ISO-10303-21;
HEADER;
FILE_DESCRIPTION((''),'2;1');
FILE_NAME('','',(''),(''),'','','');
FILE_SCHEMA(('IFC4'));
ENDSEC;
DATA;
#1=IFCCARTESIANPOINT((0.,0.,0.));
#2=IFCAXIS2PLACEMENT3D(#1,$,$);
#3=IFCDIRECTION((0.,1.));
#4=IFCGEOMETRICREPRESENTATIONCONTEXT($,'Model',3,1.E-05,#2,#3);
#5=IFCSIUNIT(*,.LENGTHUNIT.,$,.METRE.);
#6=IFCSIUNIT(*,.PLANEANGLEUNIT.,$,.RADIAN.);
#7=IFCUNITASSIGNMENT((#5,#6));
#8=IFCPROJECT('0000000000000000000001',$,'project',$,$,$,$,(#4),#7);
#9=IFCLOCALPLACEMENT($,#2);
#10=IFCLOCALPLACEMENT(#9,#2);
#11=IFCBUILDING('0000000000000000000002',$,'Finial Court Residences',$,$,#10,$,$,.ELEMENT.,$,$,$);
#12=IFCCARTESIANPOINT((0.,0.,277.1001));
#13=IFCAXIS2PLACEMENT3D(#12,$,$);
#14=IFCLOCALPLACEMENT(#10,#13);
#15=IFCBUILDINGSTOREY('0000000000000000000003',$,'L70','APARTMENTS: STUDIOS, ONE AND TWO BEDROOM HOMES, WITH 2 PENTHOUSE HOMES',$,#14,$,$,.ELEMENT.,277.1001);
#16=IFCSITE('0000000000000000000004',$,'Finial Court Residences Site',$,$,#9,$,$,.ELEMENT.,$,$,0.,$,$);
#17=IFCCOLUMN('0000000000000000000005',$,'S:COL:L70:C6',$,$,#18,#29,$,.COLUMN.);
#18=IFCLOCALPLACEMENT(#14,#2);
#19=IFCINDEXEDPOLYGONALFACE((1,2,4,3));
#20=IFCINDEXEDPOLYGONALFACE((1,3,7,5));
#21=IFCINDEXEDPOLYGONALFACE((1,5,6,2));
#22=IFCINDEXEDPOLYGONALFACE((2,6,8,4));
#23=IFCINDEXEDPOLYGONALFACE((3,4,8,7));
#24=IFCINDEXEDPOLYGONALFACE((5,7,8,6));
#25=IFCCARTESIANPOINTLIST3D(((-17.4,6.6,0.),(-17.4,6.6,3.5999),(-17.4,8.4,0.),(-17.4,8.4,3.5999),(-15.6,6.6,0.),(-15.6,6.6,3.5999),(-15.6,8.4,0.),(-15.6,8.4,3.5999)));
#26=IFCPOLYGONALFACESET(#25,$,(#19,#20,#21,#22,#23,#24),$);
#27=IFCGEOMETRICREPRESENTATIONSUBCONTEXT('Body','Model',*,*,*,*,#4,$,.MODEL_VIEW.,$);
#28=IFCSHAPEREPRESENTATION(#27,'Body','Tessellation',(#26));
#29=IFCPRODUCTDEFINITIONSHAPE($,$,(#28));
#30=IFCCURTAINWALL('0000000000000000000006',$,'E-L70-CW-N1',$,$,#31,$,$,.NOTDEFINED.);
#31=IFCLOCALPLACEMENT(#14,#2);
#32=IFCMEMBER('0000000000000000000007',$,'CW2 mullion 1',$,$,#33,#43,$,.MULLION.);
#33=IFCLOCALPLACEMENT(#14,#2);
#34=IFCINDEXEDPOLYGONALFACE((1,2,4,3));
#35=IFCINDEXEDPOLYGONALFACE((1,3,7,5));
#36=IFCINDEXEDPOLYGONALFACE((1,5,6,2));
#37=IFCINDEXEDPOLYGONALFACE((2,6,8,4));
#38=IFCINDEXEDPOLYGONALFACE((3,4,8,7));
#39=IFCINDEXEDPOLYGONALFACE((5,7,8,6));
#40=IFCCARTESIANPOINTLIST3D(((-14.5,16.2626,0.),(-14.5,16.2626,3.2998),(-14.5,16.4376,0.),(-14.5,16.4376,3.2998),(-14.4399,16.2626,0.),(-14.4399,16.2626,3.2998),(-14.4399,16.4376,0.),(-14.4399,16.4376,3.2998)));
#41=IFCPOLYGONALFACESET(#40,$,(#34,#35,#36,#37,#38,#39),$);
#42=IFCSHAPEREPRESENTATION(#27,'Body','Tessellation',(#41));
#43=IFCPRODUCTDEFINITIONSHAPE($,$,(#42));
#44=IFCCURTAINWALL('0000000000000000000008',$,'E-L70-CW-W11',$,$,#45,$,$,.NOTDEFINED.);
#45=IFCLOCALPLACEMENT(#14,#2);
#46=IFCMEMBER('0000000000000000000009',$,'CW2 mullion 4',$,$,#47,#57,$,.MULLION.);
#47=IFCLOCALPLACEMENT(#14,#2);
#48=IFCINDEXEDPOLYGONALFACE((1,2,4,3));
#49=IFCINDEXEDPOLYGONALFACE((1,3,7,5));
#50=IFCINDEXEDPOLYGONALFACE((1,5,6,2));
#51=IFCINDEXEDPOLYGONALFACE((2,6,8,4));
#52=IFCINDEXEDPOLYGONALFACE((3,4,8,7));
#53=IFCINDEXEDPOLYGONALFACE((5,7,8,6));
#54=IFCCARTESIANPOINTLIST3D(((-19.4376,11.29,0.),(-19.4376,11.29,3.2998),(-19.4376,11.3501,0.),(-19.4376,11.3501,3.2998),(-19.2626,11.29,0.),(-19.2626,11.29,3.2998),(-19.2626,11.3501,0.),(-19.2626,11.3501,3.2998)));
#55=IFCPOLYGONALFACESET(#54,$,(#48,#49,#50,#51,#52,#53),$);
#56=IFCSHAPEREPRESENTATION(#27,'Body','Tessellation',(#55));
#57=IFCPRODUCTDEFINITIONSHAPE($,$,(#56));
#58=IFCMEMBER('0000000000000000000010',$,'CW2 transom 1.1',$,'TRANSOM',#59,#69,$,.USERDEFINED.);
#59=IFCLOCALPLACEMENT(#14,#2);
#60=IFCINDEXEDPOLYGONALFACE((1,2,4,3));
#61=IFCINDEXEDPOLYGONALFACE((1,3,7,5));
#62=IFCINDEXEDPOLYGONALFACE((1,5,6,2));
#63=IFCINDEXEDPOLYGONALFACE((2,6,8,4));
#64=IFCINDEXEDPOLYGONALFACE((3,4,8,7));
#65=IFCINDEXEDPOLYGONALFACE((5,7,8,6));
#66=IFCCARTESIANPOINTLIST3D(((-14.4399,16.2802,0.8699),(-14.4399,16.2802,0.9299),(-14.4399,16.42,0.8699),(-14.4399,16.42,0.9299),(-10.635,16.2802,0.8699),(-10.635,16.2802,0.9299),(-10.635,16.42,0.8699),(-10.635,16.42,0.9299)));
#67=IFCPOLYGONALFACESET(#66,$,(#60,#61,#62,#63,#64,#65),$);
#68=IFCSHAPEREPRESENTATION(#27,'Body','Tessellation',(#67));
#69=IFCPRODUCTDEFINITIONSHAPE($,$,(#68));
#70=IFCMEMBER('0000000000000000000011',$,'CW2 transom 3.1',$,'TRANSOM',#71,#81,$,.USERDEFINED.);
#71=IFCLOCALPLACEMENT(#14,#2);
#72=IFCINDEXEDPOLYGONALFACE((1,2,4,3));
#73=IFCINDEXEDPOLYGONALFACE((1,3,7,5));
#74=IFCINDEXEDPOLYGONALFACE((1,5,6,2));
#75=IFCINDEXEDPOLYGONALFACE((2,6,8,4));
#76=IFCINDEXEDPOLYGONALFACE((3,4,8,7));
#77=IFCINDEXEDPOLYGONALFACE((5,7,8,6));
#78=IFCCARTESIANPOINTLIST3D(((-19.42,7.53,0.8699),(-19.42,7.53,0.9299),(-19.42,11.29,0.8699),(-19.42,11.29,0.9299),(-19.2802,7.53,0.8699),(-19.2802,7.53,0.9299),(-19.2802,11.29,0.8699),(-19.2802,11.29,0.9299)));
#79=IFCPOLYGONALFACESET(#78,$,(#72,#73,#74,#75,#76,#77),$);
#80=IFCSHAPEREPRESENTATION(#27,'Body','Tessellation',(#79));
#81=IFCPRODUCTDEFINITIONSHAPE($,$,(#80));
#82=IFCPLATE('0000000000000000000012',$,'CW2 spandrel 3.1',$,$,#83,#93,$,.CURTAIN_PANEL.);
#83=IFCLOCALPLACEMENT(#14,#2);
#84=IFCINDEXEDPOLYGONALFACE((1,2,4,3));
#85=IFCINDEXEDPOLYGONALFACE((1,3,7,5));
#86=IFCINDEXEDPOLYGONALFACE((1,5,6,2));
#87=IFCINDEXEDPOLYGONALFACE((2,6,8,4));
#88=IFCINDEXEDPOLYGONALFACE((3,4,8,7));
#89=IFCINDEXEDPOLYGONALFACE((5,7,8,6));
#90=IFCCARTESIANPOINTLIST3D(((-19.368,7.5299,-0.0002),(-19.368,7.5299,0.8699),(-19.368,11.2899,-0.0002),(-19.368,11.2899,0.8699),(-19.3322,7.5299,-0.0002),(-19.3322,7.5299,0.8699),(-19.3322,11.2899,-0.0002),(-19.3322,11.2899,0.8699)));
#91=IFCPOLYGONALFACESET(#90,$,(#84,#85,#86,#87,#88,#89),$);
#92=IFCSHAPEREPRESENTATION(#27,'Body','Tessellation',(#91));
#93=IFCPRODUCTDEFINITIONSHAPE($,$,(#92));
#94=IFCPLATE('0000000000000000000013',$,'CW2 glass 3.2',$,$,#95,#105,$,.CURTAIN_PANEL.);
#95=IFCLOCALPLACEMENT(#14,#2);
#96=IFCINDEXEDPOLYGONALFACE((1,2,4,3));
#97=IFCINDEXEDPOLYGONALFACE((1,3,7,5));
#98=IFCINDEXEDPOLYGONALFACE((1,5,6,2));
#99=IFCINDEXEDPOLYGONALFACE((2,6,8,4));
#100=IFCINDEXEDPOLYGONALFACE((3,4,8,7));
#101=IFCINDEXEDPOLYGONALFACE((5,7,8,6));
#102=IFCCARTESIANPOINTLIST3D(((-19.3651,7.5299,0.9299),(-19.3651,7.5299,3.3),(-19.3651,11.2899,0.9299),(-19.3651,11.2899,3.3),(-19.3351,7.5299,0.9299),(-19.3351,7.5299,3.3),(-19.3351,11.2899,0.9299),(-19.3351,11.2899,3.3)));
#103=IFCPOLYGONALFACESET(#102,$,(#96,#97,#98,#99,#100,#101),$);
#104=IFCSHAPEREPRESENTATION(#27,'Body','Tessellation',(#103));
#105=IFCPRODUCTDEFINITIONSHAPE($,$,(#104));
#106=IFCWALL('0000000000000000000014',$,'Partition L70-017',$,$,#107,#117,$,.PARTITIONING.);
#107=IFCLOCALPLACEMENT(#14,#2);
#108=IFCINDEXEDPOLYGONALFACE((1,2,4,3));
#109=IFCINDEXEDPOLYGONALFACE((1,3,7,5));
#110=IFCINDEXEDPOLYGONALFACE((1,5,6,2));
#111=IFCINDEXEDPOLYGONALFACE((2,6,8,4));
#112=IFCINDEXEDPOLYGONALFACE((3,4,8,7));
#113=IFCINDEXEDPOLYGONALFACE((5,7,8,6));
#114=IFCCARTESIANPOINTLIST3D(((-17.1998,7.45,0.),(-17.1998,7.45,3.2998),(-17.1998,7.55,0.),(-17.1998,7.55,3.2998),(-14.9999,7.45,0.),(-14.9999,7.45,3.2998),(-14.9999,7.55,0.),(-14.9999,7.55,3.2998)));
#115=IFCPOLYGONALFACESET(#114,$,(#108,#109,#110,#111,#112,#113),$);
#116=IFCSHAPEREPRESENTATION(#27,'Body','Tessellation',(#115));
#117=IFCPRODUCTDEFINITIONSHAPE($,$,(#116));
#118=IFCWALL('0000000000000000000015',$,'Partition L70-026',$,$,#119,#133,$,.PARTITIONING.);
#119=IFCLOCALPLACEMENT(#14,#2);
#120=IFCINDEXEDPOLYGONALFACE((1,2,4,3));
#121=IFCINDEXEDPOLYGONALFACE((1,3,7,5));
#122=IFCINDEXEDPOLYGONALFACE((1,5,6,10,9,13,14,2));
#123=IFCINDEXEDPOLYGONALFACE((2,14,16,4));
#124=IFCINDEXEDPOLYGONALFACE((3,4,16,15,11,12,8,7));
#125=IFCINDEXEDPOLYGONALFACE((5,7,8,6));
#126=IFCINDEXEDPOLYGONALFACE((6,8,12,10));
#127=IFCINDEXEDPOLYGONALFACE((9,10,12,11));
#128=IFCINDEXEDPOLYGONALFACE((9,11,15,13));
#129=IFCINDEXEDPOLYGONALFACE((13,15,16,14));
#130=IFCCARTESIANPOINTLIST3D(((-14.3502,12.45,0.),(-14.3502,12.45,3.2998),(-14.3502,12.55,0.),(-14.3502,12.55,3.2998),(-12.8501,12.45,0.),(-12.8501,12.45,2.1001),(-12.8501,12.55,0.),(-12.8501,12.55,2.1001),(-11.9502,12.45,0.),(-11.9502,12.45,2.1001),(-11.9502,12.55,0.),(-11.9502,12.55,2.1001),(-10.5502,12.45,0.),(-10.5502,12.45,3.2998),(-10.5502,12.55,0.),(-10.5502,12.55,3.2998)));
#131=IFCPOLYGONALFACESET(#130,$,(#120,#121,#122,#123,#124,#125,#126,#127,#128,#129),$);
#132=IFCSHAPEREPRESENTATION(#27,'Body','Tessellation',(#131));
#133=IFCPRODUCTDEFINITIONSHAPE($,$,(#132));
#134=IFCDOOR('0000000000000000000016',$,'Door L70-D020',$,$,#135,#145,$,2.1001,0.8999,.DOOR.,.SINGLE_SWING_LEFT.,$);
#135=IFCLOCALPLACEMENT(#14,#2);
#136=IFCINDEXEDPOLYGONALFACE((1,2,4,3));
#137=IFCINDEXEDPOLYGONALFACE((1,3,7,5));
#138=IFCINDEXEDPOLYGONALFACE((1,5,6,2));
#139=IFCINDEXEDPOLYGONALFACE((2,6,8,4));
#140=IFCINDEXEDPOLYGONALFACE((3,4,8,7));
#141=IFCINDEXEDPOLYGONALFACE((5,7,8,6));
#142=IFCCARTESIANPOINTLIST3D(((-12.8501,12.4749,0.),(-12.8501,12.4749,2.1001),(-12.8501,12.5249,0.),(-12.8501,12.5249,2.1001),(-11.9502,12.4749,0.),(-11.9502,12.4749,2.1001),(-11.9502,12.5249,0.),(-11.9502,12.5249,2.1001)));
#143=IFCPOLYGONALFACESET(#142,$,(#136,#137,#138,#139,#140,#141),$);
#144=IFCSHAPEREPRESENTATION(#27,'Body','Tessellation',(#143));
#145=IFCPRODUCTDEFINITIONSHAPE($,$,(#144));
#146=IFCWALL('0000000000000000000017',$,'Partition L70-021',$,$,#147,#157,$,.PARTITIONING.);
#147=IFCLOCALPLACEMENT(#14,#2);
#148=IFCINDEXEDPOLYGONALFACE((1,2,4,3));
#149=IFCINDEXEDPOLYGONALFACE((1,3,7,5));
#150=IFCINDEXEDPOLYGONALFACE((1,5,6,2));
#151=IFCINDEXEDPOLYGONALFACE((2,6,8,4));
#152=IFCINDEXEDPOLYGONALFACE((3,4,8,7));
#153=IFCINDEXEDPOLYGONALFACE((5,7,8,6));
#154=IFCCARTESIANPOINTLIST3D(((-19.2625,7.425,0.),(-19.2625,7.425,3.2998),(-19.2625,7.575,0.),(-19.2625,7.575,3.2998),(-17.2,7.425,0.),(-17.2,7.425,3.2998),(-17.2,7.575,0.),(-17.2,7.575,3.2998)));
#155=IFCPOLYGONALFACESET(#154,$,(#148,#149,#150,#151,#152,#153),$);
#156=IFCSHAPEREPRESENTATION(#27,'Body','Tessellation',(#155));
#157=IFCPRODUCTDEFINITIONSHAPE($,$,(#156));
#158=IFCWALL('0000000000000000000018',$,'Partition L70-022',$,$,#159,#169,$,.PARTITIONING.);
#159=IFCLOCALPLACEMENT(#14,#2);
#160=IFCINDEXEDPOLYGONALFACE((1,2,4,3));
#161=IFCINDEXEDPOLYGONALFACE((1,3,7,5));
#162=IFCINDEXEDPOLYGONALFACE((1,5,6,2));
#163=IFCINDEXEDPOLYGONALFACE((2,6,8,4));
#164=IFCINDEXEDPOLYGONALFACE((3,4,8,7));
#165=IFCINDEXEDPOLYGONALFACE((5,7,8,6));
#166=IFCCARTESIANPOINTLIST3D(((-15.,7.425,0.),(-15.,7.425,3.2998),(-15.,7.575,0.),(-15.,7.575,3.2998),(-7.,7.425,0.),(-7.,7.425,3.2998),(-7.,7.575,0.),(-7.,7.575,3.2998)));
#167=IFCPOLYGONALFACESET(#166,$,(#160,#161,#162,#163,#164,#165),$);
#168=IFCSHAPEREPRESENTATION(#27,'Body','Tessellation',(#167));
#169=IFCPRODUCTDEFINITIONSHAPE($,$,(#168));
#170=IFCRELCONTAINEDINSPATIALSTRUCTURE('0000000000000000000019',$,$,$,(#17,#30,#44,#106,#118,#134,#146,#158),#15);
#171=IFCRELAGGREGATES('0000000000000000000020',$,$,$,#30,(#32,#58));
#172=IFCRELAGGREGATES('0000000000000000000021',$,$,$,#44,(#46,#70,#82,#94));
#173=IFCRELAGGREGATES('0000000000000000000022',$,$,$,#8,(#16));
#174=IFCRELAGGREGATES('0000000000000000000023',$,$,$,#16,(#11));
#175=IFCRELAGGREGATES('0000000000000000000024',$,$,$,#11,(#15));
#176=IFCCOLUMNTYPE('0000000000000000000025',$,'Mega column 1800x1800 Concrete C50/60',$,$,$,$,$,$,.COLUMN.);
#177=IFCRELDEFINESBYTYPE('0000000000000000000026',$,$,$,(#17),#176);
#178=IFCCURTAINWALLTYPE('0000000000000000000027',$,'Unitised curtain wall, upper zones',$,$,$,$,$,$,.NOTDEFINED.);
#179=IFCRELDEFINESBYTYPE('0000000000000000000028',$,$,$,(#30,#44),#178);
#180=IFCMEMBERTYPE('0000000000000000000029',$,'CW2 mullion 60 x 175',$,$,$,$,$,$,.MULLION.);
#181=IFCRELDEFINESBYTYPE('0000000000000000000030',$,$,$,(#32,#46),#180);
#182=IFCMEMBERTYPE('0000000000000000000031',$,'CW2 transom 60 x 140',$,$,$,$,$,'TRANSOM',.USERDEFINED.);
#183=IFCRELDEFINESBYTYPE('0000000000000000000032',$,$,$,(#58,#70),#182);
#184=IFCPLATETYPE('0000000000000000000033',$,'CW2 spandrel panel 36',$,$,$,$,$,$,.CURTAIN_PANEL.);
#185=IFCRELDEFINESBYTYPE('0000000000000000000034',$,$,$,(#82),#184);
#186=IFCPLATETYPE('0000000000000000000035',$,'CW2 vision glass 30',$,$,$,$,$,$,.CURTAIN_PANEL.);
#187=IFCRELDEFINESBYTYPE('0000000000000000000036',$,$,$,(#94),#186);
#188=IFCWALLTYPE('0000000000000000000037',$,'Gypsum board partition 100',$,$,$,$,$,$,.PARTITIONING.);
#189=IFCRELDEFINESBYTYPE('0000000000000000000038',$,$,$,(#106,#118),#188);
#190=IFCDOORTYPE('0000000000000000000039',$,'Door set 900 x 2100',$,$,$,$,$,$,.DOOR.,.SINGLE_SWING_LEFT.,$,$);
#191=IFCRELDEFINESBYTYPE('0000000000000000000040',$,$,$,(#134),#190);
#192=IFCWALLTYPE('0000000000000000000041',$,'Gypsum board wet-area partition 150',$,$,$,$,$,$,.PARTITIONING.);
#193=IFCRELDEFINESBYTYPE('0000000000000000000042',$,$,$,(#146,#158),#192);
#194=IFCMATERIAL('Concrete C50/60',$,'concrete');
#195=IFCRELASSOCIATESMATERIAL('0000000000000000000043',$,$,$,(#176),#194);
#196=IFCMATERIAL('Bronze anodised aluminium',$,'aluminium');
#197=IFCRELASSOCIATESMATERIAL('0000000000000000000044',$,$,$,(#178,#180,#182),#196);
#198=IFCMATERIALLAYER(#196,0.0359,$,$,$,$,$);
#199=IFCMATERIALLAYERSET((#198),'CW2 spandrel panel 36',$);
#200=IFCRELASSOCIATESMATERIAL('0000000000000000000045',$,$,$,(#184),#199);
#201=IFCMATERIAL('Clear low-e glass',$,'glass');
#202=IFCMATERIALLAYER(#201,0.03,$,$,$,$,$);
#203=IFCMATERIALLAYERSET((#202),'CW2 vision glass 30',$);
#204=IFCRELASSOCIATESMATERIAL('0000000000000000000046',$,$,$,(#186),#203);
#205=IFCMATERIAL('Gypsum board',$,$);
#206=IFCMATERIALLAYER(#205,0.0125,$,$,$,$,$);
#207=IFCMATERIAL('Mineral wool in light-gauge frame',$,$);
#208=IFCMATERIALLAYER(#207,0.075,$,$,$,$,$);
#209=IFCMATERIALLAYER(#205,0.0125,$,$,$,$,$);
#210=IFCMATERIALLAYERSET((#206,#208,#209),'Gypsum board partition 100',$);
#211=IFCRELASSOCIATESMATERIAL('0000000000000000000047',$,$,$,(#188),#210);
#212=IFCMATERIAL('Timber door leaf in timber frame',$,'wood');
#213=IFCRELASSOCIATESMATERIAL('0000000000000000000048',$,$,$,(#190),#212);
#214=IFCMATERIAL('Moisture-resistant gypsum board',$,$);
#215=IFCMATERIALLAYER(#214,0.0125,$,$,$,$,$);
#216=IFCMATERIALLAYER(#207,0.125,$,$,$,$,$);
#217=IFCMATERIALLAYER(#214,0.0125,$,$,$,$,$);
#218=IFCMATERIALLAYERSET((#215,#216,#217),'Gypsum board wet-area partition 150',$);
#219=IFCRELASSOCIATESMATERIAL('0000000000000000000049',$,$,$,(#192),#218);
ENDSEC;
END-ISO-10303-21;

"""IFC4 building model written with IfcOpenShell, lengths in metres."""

from ifc_helpers import new_model, si_unit, direction, frame, frame_2d, origin, origin_2d, place, context, subcontext, project, spatial, rectangle, extrude, material, layer, layer_set, material_profile, profile_set, type_object, element, fill, aggregate, save


model = new_model("IFC4")

# Units and contexts
model_context = context("Model", 3, precision=1e-05, world=origin(), true_north=direction((0.0, 1.0)))
body_context = subcontext(model_context, "Body", "Model", "MODEL_VIEW")
ifc_project = project(units=[si_unit("LENGTHUNIT", "METRE"), si_unit("PLANEANGLEUNIT", "RADIAN")], contexts=[model_context])

# Site, building, storey
site_placement = place(None, origin())
site = spatial("IfcSite", under=ifc_project, at=site_placement, Name="Finial Court Residences Site", CompositionType="ELEMENT", RefElevation=0.0)
building_placement = place(site_placement, origin())
building = spatial("IfcBuilding", under=site, at=building_placement, Name="Finial Court Residences", CompositionType="ELEMENT")
storey_placement = place(building_placement, frame((0.0, 0.0, 277.1001)))
storey = spatial("IfcBuildingStorey", under=building, at=storey_placement, Name="L70", Description="APARTMENTS: STUDIOS, ONE AND TWO BEDROOM HOMES, WITH 2 PENTHOUSE HOMES", CompositionType="ELEMENT", Elevation=277.1001)

# Column
ifc_material_1 = material(Name="Concrete C50/60", Category="concrete")
ifc_material_profile_1 = material_profile(ifc_material_1, rectangle(XDim=1.8, YDim=1.8, at=origin_2d()), Name="1800x1800")
ifc_profile_set_1 = profile_set([ifc_material_profile_1], Name="Concrete C50/60")
column_type = type_object("IfcColumnType", Name="Mega column 1800x1800 Concrete C50/60", PredefinedType="COLUMN", material=ifc_profile_set_1)
column_placement = place(storey_placement, frame((-16.5, 7.5, 0.0), z_axis=(0.0, 0.0, 1.0), x_axis=(1.0, 0.0, 0.0)))
element("IfcColumn", 1, at=column_placement, inside=storey, type_object=column_type, Name="S:COL:L70:C6", PredefinedType="COLUMN", context=body_context, shape_type="SweptSolid", body=[
    extrude(rectangle(XDim=1.8, YDim=1.8, at=origin_2d()), origin(), (0.0, 0.0, 1.0), 3.5999),
])

# Curtain walls, members
ifc_material_2 = material(Name="Bronze anodised aluminium", Category="aluminium")
curtain_wall_type = type_object("IfcCurtainWallType", Name="Unitised curtain wall, upper zones", PredefinedType="NOTDEFINED", material=ifc_material_2)
curtain_wall_1_placement = place(storey_placement, origin())
curtain_wall_1 = element("IfcCurtainWall", 2, at=curtain_wall_1_placement, inside=storey, type_object=curtain_wall_type, Name="E-L70-CW-N1", PredefinedType="NOTDEFINED")
ifc_material_profile_2 = material_profile(ifc_material_2, rectangle(XDim=0.175, YDim=0.0601, at=origin_2d()), Name="CW2 mullion 60 x 175")
ifc_profile_set_2 = profile_set([ifc_material_profile_2], Name="Bronze anodised aluminium")
member_type_1 = type_object("IfcMemberType", Name="CW2 mullion 60 x 175", PredefinedType="MULLION", material=ifc_profile_set_2)
member_1_placement = place(storey_placement, frame((-14.47, 16.3501, 0.0), z_axis=(0.0, 0.0, 1.0), x_axis=(0.0, 1.0, 0.0)))
member_1 = element("IfcMember", 3, at=member_1_placement, type_object=member_type_1, Name="CW2 mullion 1", PredefinedType="MULLION", context=body_context, shape_type="SweptSolid", body=[
    extrude(rectangle(XDim=0.175, YDim=0.0601, at=origin_2d()), origin(), (0.0, 0.0, 1.0), 3.2998),
])
curtain_wall_2_placement = place(storey_placement, origin())
curtain_wall_2 = element("IfcCurtainWall", 4, at=curtain_wall_2_placement, inside=storey, type_object=curtain_wall_type, Name="E-L70-CW-W11", PredefinedType="NOTDEFINED")
member_2_placement = place(storey_placement, frame((-19.3501, 11.3201, 0.0), z_axis=(0.0, 0.0, 1.0), x_axis=(-1.0, 0.0, 0.0)))
member_2 = element("IfcMember", 5, at=member_2_placement, type_object=member_type_1, Name="CW2 mullion 4", PredefinedType="MULLION", context=body_context, shape_type="SweptSolid", body=[
    extrude(rectangle(XDim=0.175, YDim=0.0601, at=origin_2d()), origin(), (0.0, 0.0, 1.0), 3.2998),
])

# Members
ifc_material_profile_3 = material_profile(ifc_material_2, rectangle(XDim=0.1399, YDim=0.0601, at=origin_2d()), Name="CW2 transom 60 x 140")
ifc_profile_set_3 = profile_set([ifc_material_profile_3], Name="Bronze anodised aluminium")
member_type_2 = type_object("IfcMemberType", Name="CW2 transom 60 x 140", ElementType="TRANSOM", PredefinedType="USERDEFINED", material=ifc_profile_set_3)
member_3_placement = place(storey_placement, frame((-14.4399, 16.3501, 0.8999), z_axis=(1.0, 0.0, 0.0), x_axis=(0.0, 1.0, 0.0)))
member_3 = element("IfcMember", 6, at=member_3_placement, type_object=member_type_2, Name="CW2 transom 1.1", ObjectType="TRANSOM", PredefinedType="USERDEFINED", context=body_context, shape_type="SweptSolid", body=[
    extrude(rectangle(XDim=0.1399, YDim=0.0601, at=origin_2d()), origin(), (0.0, 0.0, 1.0), 3.8049),
])
aggregate(curtain_wall_1, [member_1, member_3])
member_4_placement = place(storey_placement, frame((-19.3501, 7.53, 0.8999), z_axis=(0.0, 1.0, 0.0), x_axis=(-1.0, 0.0, 0.0)))
member_4 = element("IfcMember", 7, at=member_4_placement, type_object=member_type_2, Name="CW2 transom 3.1", ObjectType="TRANSOM", PredefinedType="USERDEFINED", context=body_context, shape_type="SweptSolid", body=[
    extrude(rectangle(XDim=0.1399, YDim=0.0601, at=origin_2d()), origin(), (0.0, 0.0, 1.0), 3.76),
])

# Plates
ifc_layer_1 = layer(ifc_material_2, 0.0359)
ifc_layer_set_1 = layer_set([ifc_layer_1], Name="CW2 spandrel panel 36")
plate_type_1 = type_object("IfcPlateType", Name="CW2 spandrel panel 36", PredefinedType="CURTAIN_PANEL", material=ifc_layer_set_1)
plate_1_placement = place(storey_placement, frame((-19.3501, 9.4099, -0.0002), z_axis=(0.0, 0.0, 1.0), x_axis=(0.0, 1.0, 0.0)))
plate_1 = element("IfcPlate", 8, at=plate_1_placement, type_object=plate_type_1, Name="CW2 spandrel 3.1", PredefinedType="CURTAIN_PANEL", context=body_context, shape_type="SweptSolid", body=[
    extrude(rectangle(XDim=3.76, YDim=0.0359, at=origin_2d()), origin(), (0.0, 0.0, 1.0), 0.8701),
])
ifc_material_3 = material(Name="Clear low-e glass", Category="glass")
ifc_layer_2 = layer(ifc_material_3, 0.03)
ifc_layer_set_2 = layer_set([ifc_layer_2], Name="CW2 vision glass 30")
plate_type_2 = type_object("IfcPlateType", Name="CW2 vision glass 30", PredefinedType="CURTAIN_PANEL", material=ifc_layer_set_2)
plate_2_placement = place(storey_placement, frame((-19.3501, 9.4099, 0.9299), z_axis=(0.0, 0.0, 1.0), x_axis=(0.0, 1.0, 0.0)))
plate_2 = element("IfcPlate", 9, at=plate_2_placement, type_object=plate_type_2, Name="CW2 glass 3.2", PredefinedType="CURTAIN_PANEL", context=body_context, shape_type="SweptSolid", body=[
    extrude(rectangle(XDim=3.76, YDim=0.03, at=origin_2d()), origin(), (0.0, 0.0, 1.0), 2.3701),
])
aggregate(curtain_wall_2, [member_2, member_4, plate_1, plate_2])

# Wall
ifc_material_4 = material(Name="Gypsum board")
ifc_layer_3 = layer(ifc_material_4, 0.0125)
ifc_material_5 = material(Name="Mineral wool in light-gauge frame")
ifc_layer_4 = layer(ifc_material_5, 0.075)
ifc_layer_5 = layer(ifc_material_4, 0.0125)
ifc_layer_set_3 = layer_set([ifc_layer_3, ifc_layer_4, ifc_layer_5], Name="Gypsum board partition 100")
wall_type_1 = type_object("IfcWallType", Name="Gypsum board partition 100", PredefinedType="PARTITIONING", material=ifc_layer_set_3)
wall_1_placement = place(storey_placement, frame((-17.2, 7.5, 0.0), z_axis=(0.0, 0.0, 1.0), x_axis=(1.0, 0.0, 0.0)))
element("IfcWall", 10, at=wall_1_placement, inside=storey, type_object=wall_type_1, Name="Partition L70-017", PredefinedType="PARTITIONING", context=body_context, shape_type="SweptSolid", body=[
    extrude(rectangle(XDim=2.2, YDim=0.1001, at=frame_2d((1.1001, 0.0))), origin(), (0.0, 0.0, 1.0), 3.2998),
])

# Wall, opening, door
wall_2_placement = place(storey_placement, frame((-14.3501, 12.5, 0.0), z_axis=(0.0, 0.0, 1.0), x_axis=(1.0, 0.0, 0.0)))
wall_2 = element("IfcWall", 11, at=wall_2_placement, inside=storey, type_object=wall_type_1, Name="Partition L70-026", PredefinedType="PARTITIONING", context=body_context, shape_type="SweptSolid", body=[
    extrude(rectangle(XDim=3.8, YDim=0.1001, at=frame_2d((1.8999, 0.0))), origin(), (0.0, 0.0, 1.0), 3.2998),
])
opening_1_placement = place(wall_2_placement, frame((1.5, 0.0, 0.0)))
opening_1 = element("IfcOpeningElement", 12, at=opening_1_placement, cuts=wall_2, PredefinedType="OPENING", context=body_context, shape_type="SweptSolid", body=[
    extrude(rectangle(XDim=0.8999, YDim=2.1001, at=frame_2d((0.45, 1.05))), frame((0.0, 0.0601, 0.0), z_axis=(0.0, -1.0, 0.0), x_axis=(1.0, 0.0, 0.0)), (0.0, 0.0, 1.0), 0.1201),
])
ifc_material_6 = material(Name="Timber door leaf in timber frame", Category="wood")
door_type = type_object("IfcDoorType", Name="Door set 900 x 2100", OperationType="SINGLE_SWING_LEFT", PredefinedType="DOOR", material=ifc_material_6)
door_1_placement = place(opening_1_placement, origin())
door_1 = element("IfcDoor", 13, at=door_1_placement, inside=storey, type_object=door_type, Name="Door L70-D020", OperationType="SINGLE_SWING_LEFT", OverallHeight=2.1001, OverallWidth=0.8999, PredefinedType="DOOR", context=body_context, shape_type="SweptSolid", body=[
    extrude(rectangle(XDim=0.8999, YDim=2.1001, at=frame_2d((0.45, 1.05))), frame((0.0, 0.0249, 0.0), z_axis=(0.0, -1.0, 0.0), x_axis=(1.0, 0.0, 0.0)), (0.0, 0.0, 1.0), 0.05),
])
fill(opening_1, door_1)

# Walls
ifc_material_7 = material(Name="Moisture-resistant gypsum board")
ifc_layer_6 = layer(ifc_material_7, 0.0125)
ifc_layer_7 = layer(ifc_material_5, 0.125)
ifc_layer_8 = layer(ifc_material_7, 0.0125)
ifc_layer_set_4 = layer_set([ifc_layer_6, ifc_layer_7, ifc_layer_8], Name="Gypsum board wet-area partition 150")
wall_type_2 = type_object("IfcWallType", Name="Gypsum board wet-area partition 150", PredefinedType="PARTITIONING", material=ifc_layer_set_4)
wall_3_placement = place(storey_placement, frame((-19.2625, 7.5, 0.0), z_axis=(0.0, 0.0, 1.0), x_axis=(1.0, 0.0, 0.0)))
element("IfcWall", 14, at=wall_3_placement, inside=storey, type_object=wall_type_2, Name="Partition L70-021", PredefinedType="PARTITIONING", context=body_context, shape_type="SweptSolid", body=[
    extrude(rectangle(XDim=2.0625, YDim=0.1499, at=frame_2d((1.0312, 0.0))), origin(), (0.0, 0.0, 1.0), 3.2998),
])
wall_4_placement = place(storey_placement, frame((-15.0, 7.5, 0.0), z_axis=(0.0, 0.0, 1.0), x_axis=(1.0, 0.0, 0.0)))
element("IfcWall", 15, at=wall_4_placement, inside=storey, type_object=wall_type_2, Name="Partition L70-022", PredefinedType="PARTITIONING", context=body_context, shape_type="SweptSolid", body=[
    extrude(rectangle(XDim=8.0, YDim=0.1499, at=frame_2d((4.0, 0.0))), origin(), (0.0, 0.0, 1.0), 3.2998),
])

save(model, "model.ifc")
